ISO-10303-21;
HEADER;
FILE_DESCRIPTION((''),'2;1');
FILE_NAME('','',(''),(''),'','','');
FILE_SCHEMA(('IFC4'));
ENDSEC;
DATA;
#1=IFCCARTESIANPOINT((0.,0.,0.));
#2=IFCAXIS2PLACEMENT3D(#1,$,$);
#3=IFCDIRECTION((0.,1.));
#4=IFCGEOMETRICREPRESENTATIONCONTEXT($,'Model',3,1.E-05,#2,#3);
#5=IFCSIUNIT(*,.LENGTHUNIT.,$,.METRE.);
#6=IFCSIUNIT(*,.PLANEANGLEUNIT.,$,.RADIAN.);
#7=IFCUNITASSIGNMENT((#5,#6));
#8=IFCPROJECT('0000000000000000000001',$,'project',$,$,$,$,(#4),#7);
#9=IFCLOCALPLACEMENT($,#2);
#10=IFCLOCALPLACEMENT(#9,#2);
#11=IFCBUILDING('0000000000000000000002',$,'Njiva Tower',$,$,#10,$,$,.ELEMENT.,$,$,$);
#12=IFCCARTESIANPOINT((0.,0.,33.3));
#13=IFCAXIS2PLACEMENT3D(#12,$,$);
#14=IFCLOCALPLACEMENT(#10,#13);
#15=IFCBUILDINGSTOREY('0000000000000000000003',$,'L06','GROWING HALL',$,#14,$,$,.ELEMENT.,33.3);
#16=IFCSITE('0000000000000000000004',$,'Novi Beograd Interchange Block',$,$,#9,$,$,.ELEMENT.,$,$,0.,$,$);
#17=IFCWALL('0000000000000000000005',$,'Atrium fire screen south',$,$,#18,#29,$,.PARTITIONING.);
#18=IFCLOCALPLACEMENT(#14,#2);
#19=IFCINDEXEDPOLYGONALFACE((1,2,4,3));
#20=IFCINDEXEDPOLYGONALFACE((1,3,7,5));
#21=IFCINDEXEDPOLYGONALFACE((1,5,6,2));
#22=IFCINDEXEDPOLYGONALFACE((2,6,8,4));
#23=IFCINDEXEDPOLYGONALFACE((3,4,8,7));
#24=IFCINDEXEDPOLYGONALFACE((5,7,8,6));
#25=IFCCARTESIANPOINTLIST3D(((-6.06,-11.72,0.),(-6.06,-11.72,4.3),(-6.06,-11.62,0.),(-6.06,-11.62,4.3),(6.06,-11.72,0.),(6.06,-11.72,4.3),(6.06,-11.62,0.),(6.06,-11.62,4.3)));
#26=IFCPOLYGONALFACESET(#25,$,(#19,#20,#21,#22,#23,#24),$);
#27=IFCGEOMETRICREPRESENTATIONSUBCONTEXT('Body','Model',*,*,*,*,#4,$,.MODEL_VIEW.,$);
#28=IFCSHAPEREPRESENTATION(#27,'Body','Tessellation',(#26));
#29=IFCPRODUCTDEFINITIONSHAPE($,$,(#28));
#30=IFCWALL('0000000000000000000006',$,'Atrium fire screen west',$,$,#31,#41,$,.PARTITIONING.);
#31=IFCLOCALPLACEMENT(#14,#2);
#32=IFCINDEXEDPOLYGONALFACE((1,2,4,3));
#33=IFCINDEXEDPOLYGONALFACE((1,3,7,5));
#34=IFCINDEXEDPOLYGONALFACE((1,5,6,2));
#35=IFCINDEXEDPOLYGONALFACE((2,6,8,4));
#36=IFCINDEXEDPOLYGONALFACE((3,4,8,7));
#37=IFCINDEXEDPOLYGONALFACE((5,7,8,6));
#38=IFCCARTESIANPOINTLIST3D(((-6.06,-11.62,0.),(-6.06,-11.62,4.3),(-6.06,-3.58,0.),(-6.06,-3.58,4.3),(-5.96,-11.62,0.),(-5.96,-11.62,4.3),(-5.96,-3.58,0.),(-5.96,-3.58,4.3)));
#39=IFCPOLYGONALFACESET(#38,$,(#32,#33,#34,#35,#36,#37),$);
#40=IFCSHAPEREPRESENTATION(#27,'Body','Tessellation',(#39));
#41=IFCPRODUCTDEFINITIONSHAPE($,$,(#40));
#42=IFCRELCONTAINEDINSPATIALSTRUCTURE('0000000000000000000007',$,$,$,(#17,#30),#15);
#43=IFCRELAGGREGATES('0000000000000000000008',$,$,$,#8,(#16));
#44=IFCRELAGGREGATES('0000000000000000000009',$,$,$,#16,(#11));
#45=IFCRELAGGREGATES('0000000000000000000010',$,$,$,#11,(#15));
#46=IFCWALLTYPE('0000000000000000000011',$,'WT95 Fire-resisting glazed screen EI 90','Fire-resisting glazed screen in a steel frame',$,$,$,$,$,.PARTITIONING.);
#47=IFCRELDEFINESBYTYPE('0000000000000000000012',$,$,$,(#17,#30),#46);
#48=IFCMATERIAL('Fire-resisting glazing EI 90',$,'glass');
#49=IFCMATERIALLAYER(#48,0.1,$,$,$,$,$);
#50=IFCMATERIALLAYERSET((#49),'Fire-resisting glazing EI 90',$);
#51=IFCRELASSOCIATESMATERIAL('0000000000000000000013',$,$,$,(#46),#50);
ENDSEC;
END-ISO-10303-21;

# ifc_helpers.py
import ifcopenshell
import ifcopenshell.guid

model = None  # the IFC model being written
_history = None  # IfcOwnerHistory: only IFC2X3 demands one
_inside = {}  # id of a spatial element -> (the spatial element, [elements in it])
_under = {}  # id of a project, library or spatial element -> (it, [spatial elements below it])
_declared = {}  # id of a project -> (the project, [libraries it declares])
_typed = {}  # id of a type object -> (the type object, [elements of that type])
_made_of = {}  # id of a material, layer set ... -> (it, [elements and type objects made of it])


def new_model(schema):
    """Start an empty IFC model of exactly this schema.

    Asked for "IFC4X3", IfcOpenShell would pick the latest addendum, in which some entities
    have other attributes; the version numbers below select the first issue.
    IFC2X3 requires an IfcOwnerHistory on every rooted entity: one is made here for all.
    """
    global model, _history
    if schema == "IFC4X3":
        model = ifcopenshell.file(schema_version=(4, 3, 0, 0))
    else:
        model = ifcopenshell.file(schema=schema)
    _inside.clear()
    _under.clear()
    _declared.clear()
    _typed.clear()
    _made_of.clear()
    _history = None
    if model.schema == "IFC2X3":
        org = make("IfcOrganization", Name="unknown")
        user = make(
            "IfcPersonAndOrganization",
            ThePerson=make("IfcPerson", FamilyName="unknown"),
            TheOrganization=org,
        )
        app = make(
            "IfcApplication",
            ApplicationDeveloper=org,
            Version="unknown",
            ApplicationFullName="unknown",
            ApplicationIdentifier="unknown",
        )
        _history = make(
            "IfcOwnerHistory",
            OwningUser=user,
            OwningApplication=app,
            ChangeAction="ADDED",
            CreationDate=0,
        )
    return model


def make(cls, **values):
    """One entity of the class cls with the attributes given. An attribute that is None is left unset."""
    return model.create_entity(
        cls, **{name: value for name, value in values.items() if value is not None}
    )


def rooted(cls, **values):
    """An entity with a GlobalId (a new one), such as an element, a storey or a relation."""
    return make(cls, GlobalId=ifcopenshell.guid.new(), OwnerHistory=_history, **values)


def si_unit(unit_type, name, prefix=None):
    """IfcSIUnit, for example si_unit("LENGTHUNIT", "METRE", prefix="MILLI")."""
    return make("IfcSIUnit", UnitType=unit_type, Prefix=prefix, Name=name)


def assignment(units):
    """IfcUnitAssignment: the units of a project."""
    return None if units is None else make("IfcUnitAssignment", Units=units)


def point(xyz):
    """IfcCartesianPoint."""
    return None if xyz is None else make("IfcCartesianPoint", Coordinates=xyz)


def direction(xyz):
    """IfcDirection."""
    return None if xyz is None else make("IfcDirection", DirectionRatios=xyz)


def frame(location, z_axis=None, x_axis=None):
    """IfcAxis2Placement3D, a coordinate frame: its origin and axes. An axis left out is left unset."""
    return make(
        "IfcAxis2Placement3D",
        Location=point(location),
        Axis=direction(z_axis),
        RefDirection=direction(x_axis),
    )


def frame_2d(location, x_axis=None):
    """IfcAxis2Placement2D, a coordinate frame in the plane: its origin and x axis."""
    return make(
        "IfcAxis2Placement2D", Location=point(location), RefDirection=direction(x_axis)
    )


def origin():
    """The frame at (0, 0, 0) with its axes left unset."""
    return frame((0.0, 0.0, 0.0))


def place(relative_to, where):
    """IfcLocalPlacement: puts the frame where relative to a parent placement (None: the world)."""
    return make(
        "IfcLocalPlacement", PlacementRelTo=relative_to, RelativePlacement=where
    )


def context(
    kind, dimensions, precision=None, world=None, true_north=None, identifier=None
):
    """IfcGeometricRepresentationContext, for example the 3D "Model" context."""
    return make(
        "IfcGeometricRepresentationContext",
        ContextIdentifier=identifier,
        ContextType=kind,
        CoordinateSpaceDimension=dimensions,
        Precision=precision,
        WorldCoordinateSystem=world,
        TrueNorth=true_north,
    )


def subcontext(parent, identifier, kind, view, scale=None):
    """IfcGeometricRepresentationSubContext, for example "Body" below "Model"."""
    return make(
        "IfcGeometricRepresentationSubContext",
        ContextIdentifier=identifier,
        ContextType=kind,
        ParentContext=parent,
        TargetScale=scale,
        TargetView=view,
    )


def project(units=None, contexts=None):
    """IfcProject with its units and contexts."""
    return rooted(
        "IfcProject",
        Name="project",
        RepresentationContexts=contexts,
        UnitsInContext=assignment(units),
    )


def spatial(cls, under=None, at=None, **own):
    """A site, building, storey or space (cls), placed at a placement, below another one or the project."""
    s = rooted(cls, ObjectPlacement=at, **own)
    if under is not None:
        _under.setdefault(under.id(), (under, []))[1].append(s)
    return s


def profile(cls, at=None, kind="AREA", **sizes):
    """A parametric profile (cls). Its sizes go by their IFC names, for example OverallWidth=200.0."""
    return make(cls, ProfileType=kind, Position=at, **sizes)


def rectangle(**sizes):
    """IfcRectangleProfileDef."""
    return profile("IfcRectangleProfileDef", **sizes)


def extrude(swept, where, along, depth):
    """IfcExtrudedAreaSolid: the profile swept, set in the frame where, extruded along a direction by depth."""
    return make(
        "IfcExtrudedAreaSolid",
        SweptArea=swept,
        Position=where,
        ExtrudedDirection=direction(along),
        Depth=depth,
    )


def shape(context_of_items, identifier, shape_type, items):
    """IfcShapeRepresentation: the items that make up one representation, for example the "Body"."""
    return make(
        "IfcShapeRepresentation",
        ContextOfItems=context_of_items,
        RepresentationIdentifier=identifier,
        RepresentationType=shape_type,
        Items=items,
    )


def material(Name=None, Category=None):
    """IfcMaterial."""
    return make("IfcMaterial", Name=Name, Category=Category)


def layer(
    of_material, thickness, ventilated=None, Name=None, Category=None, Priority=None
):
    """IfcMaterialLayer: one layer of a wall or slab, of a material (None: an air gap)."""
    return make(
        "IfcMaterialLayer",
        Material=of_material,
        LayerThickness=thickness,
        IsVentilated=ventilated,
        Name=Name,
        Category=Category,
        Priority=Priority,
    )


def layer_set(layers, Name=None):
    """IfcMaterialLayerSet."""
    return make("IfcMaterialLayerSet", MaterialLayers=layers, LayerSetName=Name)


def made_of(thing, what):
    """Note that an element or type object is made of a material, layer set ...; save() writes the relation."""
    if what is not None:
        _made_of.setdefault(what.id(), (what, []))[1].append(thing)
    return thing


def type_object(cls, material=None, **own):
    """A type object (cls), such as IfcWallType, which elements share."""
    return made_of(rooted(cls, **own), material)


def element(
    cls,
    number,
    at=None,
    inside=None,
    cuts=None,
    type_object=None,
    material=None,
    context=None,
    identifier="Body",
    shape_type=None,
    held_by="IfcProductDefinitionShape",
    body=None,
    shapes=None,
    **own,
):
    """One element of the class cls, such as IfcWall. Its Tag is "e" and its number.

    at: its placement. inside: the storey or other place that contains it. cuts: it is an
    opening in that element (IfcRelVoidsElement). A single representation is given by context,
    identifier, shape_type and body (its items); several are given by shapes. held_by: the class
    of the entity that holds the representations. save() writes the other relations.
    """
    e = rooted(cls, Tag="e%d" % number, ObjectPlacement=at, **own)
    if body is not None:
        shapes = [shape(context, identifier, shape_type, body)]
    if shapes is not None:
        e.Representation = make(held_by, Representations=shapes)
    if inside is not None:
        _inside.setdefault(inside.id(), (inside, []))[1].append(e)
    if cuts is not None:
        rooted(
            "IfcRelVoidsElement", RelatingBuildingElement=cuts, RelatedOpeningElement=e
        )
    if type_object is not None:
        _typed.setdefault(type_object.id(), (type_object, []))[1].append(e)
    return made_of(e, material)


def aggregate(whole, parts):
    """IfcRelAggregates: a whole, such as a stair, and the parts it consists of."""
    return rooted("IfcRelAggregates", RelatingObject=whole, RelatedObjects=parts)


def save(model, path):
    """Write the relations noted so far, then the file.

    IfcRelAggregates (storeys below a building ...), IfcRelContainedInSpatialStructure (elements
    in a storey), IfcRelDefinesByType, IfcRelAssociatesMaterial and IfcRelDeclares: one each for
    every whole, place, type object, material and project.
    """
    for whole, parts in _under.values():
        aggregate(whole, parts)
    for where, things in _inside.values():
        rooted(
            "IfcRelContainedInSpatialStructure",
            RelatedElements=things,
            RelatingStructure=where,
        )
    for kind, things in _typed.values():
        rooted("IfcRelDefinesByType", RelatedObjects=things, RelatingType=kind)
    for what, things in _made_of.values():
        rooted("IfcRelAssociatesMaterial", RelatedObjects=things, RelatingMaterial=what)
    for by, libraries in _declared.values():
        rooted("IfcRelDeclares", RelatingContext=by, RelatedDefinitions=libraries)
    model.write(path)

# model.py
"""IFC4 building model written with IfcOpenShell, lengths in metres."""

from ifc_helpers import new_model, si_unit, direction, frame, frame_2d, origin, place, context, subcontext, project, spatial, rectangle, extrude, material, layer, layer_set, type_object, element, save


model = new_model("IFC4")

# Units and contexts
model_context = context("Model", 3, precision=1e-05, world=origin(), true_north=direction((0.0, 1.0)))
body_context = subcontext(model_context, "Body", "Model", "MODEL_VIEW")
ifc_project = project(units=[si_unit("LENGTHUNIT", "METRE"), si_unit("PLANEANGLEUNIT", "RADIAN")], contexts=[model_context])

# Site, building, storey
site_placement = place(None, origin())
site = spatial("IfcSite", under=ifc_project, at=site_placement, Name="Novi Beograd Interchange Block", CompositionType="ELEMENT", RefElevation=0.0)
building_placement = place(site_placement, origin())
building = spatial("IfcBuilding", under=site, at=building_placement, Name="Njiva Tower", CompositionType="ELEMENT")
storey_placement = place(building_placement, frame((0.0, 0.0, 33.3)))
storey = spatial("IfcBuildingStorey", under=building, at=storey_placement, Name="L06", Description="GROWING HALL", CompositionType="ELEMENT", Elevation=33.3)

# Walls
ifc_material_1 = material(Name="Fire-resisting glazing EI 90", Category="glass")
ifc_layer_1 = layer(ifc_material_1, 0.1)
ifc_layer_set_1 = layer_set([ifc_layer_1], Name="Fire-resisting glazing EI 90")
wall_type_1 = type_object("IfcWallType", Name="WT95 Fire-resisting glazed screen EI 90", Description="Fire-resisting glazed screen in a steel frame", PredefinedType="PARTITIONING", material=ifc_layer_set_1)
wall_1_placement = place(storey_placement, frame((-6.06, -11.67, 0.0), z_axis=(0.0, 0.0, 1.0), x_axis=(1.0, 0.0, 0.0)))
element("IfcWall", 1, at=wall_1_placement, inside=storey, type_object=wall_type_1, Name="Atrium fire screen south", PredefinedType="PARTITIONING", context=body_context, shape_type="SweptSolid", body=[
    extrude(rectangle(XDim=12.12, YDim=0.1, at=frame_2d((6.06, 0.0))), origin(), (0.0, 0.0, 1.0), 4.3),
])
wall_2_placement = place(storey_placement, frame((-6.01, -3.58, 0.0), z_axis=(0.0, 0.0, 1.0), x_axis=(0.0, -1.0, 0.0)))
element("IfcWall", 2, at=wall_2_placement, inside=storey, type_object=wall_type_1, Name="Atrium fire screen west", PredefinedType="PARTITIONING", context=body_context, shape_type="SweptSolid", body=[
    extrude(rectangle(XDim=8.04, YDim=0.1, at=frame_2d((4.02, 0.0))), origin(), (0.0, 0.0, 1.0), 4.3),
])

save(model, "model.ifc")
